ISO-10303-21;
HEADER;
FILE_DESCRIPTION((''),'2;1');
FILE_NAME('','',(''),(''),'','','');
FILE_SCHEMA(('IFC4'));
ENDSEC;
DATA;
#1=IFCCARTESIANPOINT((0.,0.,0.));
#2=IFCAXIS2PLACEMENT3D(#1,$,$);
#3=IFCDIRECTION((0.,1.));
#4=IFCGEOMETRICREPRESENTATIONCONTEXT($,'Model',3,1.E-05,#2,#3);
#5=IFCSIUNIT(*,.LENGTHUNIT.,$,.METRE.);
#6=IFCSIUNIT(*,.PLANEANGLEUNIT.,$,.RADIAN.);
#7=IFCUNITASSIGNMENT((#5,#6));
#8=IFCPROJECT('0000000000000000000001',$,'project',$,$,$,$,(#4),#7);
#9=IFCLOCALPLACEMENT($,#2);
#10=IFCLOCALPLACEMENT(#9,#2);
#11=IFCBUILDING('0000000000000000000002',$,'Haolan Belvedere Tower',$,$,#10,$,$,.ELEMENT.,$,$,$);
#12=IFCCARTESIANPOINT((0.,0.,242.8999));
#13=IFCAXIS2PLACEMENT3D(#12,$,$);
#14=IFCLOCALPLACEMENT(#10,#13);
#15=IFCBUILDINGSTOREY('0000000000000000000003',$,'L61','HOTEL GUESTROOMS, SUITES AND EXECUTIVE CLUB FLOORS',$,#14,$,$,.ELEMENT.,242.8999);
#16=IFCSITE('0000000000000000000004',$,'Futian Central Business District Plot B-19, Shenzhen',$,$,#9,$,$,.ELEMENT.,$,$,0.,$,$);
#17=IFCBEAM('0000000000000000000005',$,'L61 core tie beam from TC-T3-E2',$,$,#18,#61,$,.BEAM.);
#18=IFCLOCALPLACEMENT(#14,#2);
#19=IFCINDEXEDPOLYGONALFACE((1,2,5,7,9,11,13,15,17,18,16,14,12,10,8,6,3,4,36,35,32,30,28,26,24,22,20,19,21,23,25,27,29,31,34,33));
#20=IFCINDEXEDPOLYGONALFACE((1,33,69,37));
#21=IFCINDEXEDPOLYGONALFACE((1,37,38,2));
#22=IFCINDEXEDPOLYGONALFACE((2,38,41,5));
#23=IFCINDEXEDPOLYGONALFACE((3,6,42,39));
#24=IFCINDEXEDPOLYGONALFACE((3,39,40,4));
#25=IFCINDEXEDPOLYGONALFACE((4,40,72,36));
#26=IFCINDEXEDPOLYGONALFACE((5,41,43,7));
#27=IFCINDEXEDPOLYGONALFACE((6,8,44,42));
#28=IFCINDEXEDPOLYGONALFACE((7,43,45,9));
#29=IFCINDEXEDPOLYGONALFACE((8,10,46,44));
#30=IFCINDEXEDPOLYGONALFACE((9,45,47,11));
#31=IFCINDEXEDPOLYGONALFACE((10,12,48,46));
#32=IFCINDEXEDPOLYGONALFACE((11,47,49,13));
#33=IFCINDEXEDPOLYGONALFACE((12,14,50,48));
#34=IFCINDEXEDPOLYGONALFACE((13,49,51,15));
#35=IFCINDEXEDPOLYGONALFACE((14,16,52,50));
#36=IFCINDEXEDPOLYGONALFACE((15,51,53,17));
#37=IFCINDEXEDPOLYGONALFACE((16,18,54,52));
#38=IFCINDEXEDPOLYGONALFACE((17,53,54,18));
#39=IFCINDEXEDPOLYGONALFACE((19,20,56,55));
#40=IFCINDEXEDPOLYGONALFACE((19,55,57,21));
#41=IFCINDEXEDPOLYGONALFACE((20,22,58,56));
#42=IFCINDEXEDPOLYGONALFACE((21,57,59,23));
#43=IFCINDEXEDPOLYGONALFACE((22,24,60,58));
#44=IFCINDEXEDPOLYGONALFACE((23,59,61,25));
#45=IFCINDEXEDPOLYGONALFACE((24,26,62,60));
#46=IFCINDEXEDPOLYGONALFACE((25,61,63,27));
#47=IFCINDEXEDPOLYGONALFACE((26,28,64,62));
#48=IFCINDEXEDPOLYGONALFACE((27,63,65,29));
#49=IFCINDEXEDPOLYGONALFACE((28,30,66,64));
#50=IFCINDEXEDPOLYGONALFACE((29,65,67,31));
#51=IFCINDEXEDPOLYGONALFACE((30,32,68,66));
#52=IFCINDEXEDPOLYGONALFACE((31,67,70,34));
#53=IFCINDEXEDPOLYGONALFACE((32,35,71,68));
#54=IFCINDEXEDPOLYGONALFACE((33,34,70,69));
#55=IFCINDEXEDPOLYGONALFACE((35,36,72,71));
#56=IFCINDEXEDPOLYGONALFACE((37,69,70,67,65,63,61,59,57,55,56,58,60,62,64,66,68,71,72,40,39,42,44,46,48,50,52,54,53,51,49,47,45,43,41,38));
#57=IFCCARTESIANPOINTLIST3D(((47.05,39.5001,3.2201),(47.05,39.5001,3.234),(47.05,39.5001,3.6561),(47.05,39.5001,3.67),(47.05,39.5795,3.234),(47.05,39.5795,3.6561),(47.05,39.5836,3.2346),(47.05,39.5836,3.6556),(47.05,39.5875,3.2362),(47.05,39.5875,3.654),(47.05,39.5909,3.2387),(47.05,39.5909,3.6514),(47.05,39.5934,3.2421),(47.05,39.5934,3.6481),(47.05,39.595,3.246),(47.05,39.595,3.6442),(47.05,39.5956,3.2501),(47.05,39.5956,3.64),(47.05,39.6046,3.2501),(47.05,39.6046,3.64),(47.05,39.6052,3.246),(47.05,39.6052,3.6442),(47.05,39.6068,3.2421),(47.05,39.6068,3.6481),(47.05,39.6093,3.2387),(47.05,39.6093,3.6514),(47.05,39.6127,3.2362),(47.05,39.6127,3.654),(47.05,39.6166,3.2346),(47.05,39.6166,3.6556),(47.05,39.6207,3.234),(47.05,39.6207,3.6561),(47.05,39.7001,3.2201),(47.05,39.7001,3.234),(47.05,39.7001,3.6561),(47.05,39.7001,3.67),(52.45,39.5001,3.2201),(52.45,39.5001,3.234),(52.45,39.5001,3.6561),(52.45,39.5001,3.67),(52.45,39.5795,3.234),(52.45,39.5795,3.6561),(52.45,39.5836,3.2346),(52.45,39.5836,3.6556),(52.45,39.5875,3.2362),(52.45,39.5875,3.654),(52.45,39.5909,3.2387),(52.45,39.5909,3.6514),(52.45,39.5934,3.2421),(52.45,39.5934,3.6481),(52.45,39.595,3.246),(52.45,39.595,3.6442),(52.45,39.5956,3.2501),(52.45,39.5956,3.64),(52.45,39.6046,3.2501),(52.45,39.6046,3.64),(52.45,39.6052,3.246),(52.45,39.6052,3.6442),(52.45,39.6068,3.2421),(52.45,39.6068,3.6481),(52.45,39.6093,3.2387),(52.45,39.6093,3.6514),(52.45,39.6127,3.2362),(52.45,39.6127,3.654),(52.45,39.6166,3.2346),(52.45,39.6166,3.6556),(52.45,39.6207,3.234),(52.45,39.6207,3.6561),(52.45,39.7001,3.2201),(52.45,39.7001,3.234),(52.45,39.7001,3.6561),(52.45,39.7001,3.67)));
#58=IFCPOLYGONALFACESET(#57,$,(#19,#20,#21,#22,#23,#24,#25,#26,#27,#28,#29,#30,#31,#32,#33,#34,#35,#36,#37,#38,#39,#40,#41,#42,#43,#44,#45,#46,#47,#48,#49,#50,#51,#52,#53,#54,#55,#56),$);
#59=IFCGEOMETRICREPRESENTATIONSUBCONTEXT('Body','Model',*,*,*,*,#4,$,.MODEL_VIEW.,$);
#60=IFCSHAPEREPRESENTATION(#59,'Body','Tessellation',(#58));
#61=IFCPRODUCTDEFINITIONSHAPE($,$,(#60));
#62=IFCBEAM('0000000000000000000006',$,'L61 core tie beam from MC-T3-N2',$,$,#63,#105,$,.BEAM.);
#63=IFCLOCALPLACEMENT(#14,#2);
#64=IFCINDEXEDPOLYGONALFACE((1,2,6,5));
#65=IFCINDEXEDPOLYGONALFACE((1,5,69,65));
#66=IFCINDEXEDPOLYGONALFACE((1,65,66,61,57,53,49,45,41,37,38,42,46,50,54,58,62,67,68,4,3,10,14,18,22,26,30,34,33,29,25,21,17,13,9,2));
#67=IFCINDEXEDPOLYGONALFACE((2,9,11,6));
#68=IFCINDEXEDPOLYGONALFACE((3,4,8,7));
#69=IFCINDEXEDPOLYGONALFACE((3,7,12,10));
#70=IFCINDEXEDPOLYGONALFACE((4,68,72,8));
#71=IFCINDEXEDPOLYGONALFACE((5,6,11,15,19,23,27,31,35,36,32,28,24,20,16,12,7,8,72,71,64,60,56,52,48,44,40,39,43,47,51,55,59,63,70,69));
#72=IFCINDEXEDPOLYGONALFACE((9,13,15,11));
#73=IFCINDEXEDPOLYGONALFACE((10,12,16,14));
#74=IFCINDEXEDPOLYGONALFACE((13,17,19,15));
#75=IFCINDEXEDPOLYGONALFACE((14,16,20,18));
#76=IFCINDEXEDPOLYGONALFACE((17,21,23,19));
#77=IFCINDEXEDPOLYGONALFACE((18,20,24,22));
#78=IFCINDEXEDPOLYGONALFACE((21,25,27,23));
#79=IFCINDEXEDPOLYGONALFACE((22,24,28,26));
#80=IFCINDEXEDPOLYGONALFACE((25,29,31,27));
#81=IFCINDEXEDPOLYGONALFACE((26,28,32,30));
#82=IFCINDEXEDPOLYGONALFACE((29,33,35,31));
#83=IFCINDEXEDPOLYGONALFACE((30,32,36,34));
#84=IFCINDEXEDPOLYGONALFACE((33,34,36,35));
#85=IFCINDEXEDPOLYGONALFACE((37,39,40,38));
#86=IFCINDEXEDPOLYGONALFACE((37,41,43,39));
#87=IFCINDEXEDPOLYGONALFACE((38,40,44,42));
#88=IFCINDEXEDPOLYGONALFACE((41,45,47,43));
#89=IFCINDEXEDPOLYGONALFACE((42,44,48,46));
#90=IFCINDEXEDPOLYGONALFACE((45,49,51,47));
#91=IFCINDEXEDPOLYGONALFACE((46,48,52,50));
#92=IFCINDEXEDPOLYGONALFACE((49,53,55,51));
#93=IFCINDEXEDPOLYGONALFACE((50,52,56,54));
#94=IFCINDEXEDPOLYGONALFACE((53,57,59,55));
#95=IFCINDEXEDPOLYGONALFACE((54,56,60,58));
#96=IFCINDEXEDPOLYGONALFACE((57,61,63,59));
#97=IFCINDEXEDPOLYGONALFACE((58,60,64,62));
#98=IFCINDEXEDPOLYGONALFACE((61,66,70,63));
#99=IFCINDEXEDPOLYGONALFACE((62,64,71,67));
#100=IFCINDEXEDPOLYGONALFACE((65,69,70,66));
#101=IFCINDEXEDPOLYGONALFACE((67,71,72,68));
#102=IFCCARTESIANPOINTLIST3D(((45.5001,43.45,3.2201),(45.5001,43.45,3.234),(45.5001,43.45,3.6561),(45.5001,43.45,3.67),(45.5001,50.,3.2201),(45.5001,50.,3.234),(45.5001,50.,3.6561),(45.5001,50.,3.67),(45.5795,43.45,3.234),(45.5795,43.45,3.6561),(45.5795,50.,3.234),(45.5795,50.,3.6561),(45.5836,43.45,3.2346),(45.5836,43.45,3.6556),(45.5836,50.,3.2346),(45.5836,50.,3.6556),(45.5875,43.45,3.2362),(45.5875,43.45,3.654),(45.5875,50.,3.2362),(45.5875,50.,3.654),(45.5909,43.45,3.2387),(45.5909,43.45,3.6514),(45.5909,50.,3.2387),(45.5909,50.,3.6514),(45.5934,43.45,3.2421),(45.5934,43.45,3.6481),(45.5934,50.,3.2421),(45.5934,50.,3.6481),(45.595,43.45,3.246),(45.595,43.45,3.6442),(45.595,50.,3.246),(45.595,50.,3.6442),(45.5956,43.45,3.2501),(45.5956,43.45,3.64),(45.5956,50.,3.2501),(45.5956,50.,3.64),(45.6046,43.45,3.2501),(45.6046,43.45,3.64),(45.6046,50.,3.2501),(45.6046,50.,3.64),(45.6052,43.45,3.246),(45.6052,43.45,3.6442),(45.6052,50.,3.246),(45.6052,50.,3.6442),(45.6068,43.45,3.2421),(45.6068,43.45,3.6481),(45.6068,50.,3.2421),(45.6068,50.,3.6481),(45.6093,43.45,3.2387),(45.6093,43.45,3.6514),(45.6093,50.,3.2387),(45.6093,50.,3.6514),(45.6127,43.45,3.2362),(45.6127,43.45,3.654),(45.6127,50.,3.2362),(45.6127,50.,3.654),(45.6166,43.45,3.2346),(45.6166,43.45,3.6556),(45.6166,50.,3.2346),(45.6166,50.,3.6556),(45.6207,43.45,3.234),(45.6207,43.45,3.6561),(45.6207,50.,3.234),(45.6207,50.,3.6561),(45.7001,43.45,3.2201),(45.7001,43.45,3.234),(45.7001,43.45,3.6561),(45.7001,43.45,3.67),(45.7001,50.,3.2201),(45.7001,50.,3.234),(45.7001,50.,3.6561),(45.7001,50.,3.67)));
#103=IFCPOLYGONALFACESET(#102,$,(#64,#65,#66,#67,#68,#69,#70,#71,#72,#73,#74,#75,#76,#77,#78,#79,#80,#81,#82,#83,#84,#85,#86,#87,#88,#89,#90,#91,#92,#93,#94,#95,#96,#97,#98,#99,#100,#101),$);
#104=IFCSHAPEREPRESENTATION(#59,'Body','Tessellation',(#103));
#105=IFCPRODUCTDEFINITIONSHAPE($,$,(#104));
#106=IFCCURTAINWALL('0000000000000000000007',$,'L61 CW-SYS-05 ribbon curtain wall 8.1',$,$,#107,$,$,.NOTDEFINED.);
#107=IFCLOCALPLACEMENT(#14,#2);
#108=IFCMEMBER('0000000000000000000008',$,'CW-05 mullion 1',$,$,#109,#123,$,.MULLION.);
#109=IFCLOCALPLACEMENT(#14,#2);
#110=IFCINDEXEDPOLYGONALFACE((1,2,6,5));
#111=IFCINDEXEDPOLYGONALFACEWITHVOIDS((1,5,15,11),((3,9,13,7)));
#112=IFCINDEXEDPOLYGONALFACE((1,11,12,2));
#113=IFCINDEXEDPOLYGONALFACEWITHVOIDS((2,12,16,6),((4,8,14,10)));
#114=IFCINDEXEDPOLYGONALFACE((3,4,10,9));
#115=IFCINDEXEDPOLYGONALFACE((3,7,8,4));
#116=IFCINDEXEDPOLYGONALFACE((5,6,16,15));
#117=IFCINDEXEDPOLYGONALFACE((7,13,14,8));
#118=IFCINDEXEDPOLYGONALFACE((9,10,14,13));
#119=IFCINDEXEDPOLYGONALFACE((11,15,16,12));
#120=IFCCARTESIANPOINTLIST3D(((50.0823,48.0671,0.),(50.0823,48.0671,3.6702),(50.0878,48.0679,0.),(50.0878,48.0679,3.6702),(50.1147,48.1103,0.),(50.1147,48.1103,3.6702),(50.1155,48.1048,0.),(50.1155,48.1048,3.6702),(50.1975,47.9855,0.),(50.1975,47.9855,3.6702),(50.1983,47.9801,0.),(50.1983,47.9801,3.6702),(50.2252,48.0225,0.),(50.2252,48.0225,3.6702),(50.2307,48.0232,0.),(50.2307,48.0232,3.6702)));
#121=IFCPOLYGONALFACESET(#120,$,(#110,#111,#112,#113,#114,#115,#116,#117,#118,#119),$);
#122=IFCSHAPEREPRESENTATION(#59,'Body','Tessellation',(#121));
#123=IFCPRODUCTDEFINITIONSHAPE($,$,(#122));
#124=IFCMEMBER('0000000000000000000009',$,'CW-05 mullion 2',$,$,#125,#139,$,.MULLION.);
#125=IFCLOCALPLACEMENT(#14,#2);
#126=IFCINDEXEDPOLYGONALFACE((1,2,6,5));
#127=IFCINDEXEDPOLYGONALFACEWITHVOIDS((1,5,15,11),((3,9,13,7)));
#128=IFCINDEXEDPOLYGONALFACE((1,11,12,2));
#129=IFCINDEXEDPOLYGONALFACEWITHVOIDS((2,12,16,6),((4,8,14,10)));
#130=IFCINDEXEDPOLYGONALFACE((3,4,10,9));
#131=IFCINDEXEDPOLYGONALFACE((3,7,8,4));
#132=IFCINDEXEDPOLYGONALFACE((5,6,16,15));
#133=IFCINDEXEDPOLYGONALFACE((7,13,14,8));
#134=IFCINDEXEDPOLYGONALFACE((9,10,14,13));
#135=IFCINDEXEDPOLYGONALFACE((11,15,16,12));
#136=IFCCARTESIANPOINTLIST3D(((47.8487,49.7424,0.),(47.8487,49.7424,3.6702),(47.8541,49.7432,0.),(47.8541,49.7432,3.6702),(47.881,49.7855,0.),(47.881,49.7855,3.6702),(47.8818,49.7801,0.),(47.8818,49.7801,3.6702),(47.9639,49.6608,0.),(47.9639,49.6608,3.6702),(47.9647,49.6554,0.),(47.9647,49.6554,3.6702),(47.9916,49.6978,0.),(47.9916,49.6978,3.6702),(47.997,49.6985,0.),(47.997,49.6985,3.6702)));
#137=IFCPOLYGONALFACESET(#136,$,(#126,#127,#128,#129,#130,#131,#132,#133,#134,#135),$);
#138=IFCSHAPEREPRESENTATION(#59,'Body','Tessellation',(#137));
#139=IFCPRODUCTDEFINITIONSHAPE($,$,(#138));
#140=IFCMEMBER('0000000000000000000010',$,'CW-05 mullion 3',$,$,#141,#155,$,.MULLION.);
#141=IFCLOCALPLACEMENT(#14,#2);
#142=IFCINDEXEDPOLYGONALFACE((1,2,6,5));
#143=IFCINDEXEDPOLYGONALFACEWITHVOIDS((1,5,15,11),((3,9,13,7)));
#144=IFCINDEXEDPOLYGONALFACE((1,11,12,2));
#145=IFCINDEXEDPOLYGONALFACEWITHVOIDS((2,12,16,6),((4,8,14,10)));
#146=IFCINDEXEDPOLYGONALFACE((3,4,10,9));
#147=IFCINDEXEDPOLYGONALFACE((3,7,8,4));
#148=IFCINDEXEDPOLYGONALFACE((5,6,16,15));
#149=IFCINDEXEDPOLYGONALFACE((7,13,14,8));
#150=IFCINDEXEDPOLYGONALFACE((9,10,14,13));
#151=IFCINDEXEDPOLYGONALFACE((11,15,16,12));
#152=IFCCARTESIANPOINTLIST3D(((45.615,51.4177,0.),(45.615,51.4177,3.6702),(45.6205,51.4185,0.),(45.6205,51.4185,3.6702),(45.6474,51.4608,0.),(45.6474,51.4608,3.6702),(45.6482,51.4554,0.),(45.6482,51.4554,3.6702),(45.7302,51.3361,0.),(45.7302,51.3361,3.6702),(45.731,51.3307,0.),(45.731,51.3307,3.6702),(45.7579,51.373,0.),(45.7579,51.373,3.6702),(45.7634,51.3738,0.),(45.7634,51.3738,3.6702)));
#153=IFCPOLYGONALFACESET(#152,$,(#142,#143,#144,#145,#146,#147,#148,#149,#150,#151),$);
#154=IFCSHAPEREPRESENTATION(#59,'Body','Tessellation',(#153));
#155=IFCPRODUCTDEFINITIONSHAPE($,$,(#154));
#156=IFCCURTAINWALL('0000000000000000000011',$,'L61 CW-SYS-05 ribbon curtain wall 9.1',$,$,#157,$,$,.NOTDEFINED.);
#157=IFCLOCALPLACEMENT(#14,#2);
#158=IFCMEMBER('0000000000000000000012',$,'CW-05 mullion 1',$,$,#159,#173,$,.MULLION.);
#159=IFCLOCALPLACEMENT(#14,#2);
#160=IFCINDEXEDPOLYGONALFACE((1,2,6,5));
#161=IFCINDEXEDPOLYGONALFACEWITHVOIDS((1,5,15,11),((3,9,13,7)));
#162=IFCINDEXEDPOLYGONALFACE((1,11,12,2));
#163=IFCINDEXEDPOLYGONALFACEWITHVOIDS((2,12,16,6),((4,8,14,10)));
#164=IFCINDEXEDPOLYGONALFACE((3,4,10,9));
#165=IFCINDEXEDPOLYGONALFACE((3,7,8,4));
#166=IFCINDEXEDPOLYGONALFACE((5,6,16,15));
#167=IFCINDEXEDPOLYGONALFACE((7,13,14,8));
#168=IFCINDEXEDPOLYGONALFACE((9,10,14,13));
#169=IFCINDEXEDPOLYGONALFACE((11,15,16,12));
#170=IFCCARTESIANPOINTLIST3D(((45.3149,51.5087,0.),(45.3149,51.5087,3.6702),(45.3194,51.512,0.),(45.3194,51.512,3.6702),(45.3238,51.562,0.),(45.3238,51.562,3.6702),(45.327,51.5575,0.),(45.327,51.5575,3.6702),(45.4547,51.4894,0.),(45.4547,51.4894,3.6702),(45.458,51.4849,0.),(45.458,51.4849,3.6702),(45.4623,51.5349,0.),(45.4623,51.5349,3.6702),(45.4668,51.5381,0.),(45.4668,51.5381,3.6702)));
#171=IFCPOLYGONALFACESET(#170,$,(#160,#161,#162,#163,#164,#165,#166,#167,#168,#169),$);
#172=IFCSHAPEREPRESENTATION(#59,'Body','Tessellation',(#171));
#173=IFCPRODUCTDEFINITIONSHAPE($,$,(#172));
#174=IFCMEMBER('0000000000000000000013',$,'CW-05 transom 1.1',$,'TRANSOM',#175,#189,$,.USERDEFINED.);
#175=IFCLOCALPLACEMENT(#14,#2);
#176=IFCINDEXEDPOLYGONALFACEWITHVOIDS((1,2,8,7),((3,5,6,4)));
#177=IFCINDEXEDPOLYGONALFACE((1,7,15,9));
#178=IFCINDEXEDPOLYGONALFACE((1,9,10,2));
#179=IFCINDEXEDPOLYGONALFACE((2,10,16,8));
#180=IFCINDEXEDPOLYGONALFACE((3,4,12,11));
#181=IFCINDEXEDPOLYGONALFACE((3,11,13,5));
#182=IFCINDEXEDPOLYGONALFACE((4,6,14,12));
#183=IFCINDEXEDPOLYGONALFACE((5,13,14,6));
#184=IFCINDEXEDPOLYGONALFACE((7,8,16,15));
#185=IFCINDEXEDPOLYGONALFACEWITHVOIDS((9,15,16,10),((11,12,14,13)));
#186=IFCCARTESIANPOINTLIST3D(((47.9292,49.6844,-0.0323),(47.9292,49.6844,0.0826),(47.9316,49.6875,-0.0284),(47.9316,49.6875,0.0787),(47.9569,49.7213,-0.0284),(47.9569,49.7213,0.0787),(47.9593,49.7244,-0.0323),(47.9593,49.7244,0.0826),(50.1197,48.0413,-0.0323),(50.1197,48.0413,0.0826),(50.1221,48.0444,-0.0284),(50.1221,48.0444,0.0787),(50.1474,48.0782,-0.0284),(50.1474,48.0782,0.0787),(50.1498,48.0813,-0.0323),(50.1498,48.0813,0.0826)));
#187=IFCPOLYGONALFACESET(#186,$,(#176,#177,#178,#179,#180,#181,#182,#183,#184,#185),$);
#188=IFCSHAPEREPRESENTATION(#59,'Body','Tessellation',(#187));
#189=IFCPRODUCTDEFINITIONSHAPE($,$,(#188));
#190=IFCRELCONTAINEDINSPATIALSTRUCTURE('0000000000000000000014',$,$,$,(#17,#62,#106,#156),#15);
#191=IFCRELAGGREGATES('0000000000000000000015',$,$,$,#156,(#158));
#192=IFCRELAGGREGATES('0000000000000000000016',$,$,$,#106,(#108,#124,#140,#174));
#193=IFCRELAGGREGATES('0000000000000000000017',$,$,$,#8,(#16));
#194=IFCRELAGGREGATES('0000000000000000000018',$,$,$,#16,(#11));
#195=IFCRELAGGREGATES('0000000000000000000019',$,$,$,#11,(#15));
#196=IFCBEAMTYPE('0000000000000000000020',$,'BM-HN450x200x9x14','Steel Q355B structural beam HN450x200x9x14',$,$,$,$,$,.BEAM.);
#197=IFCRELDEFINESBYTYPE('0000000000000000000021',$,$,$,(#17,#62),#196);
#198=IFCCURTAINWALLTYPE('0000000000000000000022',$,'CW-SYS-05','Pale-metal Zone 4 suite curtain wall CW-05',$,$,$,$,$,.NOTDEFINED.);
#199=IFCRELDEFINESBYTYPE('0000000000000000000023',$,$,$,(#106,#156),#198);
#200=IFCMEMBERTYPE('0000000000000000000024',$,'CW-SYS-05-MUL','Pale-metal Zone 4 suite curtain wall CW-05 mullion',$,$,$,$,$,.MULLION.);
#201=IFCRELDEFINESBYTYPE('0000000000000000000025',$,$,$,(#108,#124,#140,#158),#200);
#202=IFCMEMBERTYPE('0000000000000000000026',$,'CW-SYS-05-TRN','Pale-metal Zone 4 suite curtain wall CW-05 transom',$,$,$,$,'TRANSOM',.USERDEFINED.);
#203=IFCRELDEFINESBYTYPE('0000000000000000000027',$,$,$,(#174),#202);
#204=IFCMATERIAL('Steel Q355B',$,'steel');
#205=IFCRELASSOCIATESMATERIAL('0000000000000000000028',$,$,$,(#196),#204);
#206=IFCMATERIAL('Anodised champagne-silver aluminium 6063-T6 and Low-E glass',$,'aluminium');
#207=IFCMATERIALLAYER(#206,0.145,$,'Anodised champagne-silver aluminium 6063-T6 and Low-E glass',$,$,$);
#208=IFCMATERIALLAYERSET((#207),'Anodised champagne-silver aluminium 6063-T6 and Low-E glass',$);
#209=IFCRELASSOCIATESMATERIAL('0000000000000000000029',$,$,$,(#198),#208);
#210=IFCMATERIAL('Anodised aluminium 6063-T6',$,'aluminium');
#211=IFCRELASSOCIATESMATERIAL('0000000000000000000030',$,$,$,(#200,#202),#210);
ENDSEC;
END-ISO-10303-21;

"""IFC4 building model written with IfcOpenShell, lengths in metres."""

from ifc_helpers import new_model, si_unit, direction, frame, origin, origin_2d, place, context, subcontext, project, spatial, hollow_rectangle, i_section, extrude, material, layer, layer_set, material_profile, profile_set, type_object, element, aggregate, save


model = new_model("IFC4")

# Units and contexts
model_context = context("Model", 3, precision=1e-05, world=origin(), true_north=direction((0.0, 1.0)))
body_context = subcontext(model_context, "Body", "Model", "MODEL_VIEW")
ifc_project = project(units=[si_unit("LENGTHUNIT", "METRE"), si_unit("PLANEANGLEUNIT", "RADIAN")], contexts=[model_context])

# Site, building, storey
site_placement = place(None, origin())
site = spatial("IfcSite", under=ifc_project, at=site_placement, Name="Futian Central Business District Plot B-19, Shenzhen", CompositionType="ELEMENT", RefElevation=0.0)
building_placement = place(site_placement, origin())
building = spatial("IfcBuilding", under=site, at=building_placement, Name="Haolan Belvedere Tower", CompositionType="ELEMENT")
storey_placement = place(building_placement, frame((0.0, 0.0, 242.8999)))
storey = spatial("IfcBuildingStorey", under=building, at=storey_placement, Name="L61", Description="HOTEL GUESTROOMS, SUITES AND EXECUTIVE CLUB FLOORS", CompositionType="ELEMENT", Elevation=242.8999)

# Beams
ifc_material_1 = material(Name="Steel Q355B", Category="steel")
ifc_material_profile_1 = material_profile(ifc_material_1, i_section(OverallWidth=0.2, OverallDepth=0.45, WebThickness=0.009, FlangeThickness=0.0139, FilletRadius=0.0161, at=origin_2d()), Name="Steel Q355B")
ifc_profile_set_1 = profile_set([ifc_material_profile_1], Name="Steel Q355B")
beam_type_1 = type_object("IfcBeamType", Name="BM-HN450x200x9x14", Description="Steel Q355B structural beam HN450x200x9x14", PredefinedType="BEAM", material=ifc_profile_set_1)
beam_1_placement = place(storey_placement, frame((52.45, 39.6001, 3.4451), z_axis=(-1.0, 0.0, 0.0), x_axis=(0.0, -1.0, 0.0)))
element("IfcBeam", 1, at=beam_1_placement, inside=storey, type_object=beam_type_1, Name="L61 core tie beam from TC-T3-E2", PredefinedType="BEAM", context=body_context, shape_type="SweptSolid", body=[
    extrude(i_section(OverallWidth=0.2, OverallDepth=0.45, WebThickness=0.009, FlangeThickness=0.0139, FilletRadius=0.0161, at=origin_2d()), origin(), (0.0, 0.0, 1.0), 5.3999),
])
beam_2_placement = place(storey_placement, frame((45.6001, 50.0, 3.4451), z_axis=(0.0, -1.0, 0.0), x_axis=(1.0, 0.0, 0.0)))
element("IfcBeam", 2, at=beam_2_placement, inside=storey, type_object=beam_type_1, Name="L61 core tie beam from MC-T3-N2", PredefinedType="BEAM", context=body_context, shape_type="SweptSolid", body=[
    extrude(i_section(OverallWidth=0.2, OverallDepth=0.45, WebThickness=0.009, FlangeThickness=0.0139, FilletRadius=0.0161, at=origin_2d()), origin(), (0.0, 0.0, 1.0), 6.55),
])

# Curtain wall, members
ifc_material_2 = material(Name="Anodised champagne-silver aluminium 6063-T6 and Low-E glass", Category="aluminium")
ifc_layer_1 = layer(ifc_material_2, 0.145, Name="Anodised champagne-silver aluminium 6063-T6 and Low-E glass")
ifc_layer_set_1 = layer_set([ifc_layer_1], Name="Anodised champagne-silver aluminium 6063-T6 and Low-E glass")
curtain_wall_type = type_object("IfcCurtainWallType", Name="CW-SYS-05", Description="Pale-metal Zone 4 suite curtain wall CW-05", PredefinedType="NOTDEFINED", material=ifc_layer_set_1)
curtain_wall_1_placement = place(storey_placement, origin())
curtain_wall_1 = element("IfcCurtainWall", 3, at=curtain_wall_1_placement, inside=storey, type_object=curtain_wall_type, Name="L61 CW-SYS-05 ribbon curtain wall 8.1", PredefinedType="NOTDEFINED")
ifc_material_3 = material(Name="Anodised aluminium 6063-T6", Category="aluminium")
ifc_material_profile_2 = material_profile(ifc_material_3, hollow_rectangle(XDim=0.054, YDim=0.145, WallThickness=0.0039, at=origin_2d()), Name="Anodised aluminium 6063-T6")
ifc_profile_set_2 = profile_set([ifc_material_profile_2], Name="Anodised aluminium 6063-T6")
member_type_1 = type_object("IfcMemberType", Name="CW-SYS-05-MUL", Description="Pale-metal Zone 4 suite curtain wall CW-05 mullion", PredefinedType="MULLION", material=ifc_profile_set_2)
member_1_placement = place(storey_placement, frame((50.1565, 48.0452, 0.0), z_axis=(0.0, 0.0, 1.0), x_axis=(-0.600003, -0.799998, 0.0)))
member_1 = element("IfcMember", 4, at=member_1_placement, type_object=member_type_1, Name="CW-05 mullion 1", PredefinedType="MULLION", context=body_context, shape_type="SweptSolid", body=[
    extrude(hollow_rectangle(XDim=0.054, YDim=0.145, WallThickness=0.0039, at=origin_2d()), origin(), (0.0, 0.0, 1.0), 3.6702),
])
member_2_placement = place(storey_placement, frame((47.9229, 49.7205, 0.0), z_axis=(0.0, 0.0, 1.0), x_axis=(-0.600003, -0.799998, 0.0)))
member_2 = element("IfcMember", 5, at=member_2_placement, type_object=member_type_1, Name="CW-05 mullion 2", PredefinedType="MULLION", context=body_context, shape_type="SweptSolid", body=[
    extrude(hollow_rectangle(XDim=0.054, YDim=0.145, WallThickness=0.0039, at=origin_2d()), origin(), (0.0, 0.0, 1.0), 3.6702),
])
member_3_placement = place(storey_placement, frame((45.6892, 51.3958, 0.0), z_axis=(0.0, 0.0, 1.0), x_axis=(-0.600003, -0.799998, 0.0)))
member_3 = element("IfcMember", 6, at=member_3_placement, type_object=member_type_1, Name="CW-05 mullion 3", PredefinedType="MULLION", context=body_context, shape_type="SweptSolid", body=[
    extrude(hollow_rectangle(XDim=0.054, YDim=0.145, WallThickness=0.0039, at=origin_2d()), origin(), (0.0, 0.0, 1.0), 3.6702),
])

# Curtain wall, member
curtain_wall_2_placement = place(storey_placement, origin())
curtain_wall_2 = element("IfcCurtainWall", 7, at=curtain_wall_2_placement, inside=storey, type_object=curtain_wall_type, Name="L61 CW-SYS-05 ribbon curtain wall 9.1", PredefinedType="NOTDEFINED")
member_4_placement = place(storey_placement, frame((45.3909, 51.5234, 0.0), z_axis=(0.0, 0.0, 1.0), x_axis=(-0.164406, -0.986393, 0.0)))
member_4 = element("IfcMember", 8, at=member_4_placement, type_object=member_type_1, Name="CW-05 mullion 1", PredefinedType="MULLION", context=body_context, shape_type="SweptSolid", body=[
    extrude(hollow_rectangle(XDim=0.054, YDim=0.145, WallThickness=0.0039, at=origin_2d()), origin(), (0.0, 0.0, 1.0), 3.6702),
])

# Member
ifc_material_profile_3 = material_profile(ifc_material_3, hollow_rectangle(XDim=0.05, YDim=0.115, WallThickness=0.0039, at=origin_2d()), Name="Anodised aluminium 6063-T6")
ifc_profile_set_3 = profile_set([ifc_material_profile_3], Name="Anodised aluminium 6063-T6")
member_type_2 = type_object("IfcMemberType", Name="CW-SYS-05-TRN", Description="Pale-metal Zone 4 suite curtain wall CW-05 transom", ElementType="TRANSOM", PredefinedType="USERDEFINED", material=ifc_profile_set_3)
member_5_placement = place(storey_placement, frame((50.1348, 48.0613, 0.0251), z_axis=(-0.799957, 0.600057, 0.0), x_axis=(-0.600057, -0.799957, 0.0)))
member_5 = element("IfcMember", 9, at=member_5_placement, type_object=member_type_2, Name="CW-05 transom 1.1", ObjectType="TRANSOM", PredefinedType="USERDEFINED", context=body_context, shape_type="SweptSolid", body=[
    extrude(hollow_rectangle(XDim=0.05, YDim=0.115, WallThickness=0.0039, at=origin_2d()), origin(), (0.0, 0.0, 1.0), 2.7383),
])
aggregate(curtain_wall_2, [member_4])

aggregate(curtain_wall_1, [member_1, member_2, member_3, member_5])

save(model, "model.ifc")
